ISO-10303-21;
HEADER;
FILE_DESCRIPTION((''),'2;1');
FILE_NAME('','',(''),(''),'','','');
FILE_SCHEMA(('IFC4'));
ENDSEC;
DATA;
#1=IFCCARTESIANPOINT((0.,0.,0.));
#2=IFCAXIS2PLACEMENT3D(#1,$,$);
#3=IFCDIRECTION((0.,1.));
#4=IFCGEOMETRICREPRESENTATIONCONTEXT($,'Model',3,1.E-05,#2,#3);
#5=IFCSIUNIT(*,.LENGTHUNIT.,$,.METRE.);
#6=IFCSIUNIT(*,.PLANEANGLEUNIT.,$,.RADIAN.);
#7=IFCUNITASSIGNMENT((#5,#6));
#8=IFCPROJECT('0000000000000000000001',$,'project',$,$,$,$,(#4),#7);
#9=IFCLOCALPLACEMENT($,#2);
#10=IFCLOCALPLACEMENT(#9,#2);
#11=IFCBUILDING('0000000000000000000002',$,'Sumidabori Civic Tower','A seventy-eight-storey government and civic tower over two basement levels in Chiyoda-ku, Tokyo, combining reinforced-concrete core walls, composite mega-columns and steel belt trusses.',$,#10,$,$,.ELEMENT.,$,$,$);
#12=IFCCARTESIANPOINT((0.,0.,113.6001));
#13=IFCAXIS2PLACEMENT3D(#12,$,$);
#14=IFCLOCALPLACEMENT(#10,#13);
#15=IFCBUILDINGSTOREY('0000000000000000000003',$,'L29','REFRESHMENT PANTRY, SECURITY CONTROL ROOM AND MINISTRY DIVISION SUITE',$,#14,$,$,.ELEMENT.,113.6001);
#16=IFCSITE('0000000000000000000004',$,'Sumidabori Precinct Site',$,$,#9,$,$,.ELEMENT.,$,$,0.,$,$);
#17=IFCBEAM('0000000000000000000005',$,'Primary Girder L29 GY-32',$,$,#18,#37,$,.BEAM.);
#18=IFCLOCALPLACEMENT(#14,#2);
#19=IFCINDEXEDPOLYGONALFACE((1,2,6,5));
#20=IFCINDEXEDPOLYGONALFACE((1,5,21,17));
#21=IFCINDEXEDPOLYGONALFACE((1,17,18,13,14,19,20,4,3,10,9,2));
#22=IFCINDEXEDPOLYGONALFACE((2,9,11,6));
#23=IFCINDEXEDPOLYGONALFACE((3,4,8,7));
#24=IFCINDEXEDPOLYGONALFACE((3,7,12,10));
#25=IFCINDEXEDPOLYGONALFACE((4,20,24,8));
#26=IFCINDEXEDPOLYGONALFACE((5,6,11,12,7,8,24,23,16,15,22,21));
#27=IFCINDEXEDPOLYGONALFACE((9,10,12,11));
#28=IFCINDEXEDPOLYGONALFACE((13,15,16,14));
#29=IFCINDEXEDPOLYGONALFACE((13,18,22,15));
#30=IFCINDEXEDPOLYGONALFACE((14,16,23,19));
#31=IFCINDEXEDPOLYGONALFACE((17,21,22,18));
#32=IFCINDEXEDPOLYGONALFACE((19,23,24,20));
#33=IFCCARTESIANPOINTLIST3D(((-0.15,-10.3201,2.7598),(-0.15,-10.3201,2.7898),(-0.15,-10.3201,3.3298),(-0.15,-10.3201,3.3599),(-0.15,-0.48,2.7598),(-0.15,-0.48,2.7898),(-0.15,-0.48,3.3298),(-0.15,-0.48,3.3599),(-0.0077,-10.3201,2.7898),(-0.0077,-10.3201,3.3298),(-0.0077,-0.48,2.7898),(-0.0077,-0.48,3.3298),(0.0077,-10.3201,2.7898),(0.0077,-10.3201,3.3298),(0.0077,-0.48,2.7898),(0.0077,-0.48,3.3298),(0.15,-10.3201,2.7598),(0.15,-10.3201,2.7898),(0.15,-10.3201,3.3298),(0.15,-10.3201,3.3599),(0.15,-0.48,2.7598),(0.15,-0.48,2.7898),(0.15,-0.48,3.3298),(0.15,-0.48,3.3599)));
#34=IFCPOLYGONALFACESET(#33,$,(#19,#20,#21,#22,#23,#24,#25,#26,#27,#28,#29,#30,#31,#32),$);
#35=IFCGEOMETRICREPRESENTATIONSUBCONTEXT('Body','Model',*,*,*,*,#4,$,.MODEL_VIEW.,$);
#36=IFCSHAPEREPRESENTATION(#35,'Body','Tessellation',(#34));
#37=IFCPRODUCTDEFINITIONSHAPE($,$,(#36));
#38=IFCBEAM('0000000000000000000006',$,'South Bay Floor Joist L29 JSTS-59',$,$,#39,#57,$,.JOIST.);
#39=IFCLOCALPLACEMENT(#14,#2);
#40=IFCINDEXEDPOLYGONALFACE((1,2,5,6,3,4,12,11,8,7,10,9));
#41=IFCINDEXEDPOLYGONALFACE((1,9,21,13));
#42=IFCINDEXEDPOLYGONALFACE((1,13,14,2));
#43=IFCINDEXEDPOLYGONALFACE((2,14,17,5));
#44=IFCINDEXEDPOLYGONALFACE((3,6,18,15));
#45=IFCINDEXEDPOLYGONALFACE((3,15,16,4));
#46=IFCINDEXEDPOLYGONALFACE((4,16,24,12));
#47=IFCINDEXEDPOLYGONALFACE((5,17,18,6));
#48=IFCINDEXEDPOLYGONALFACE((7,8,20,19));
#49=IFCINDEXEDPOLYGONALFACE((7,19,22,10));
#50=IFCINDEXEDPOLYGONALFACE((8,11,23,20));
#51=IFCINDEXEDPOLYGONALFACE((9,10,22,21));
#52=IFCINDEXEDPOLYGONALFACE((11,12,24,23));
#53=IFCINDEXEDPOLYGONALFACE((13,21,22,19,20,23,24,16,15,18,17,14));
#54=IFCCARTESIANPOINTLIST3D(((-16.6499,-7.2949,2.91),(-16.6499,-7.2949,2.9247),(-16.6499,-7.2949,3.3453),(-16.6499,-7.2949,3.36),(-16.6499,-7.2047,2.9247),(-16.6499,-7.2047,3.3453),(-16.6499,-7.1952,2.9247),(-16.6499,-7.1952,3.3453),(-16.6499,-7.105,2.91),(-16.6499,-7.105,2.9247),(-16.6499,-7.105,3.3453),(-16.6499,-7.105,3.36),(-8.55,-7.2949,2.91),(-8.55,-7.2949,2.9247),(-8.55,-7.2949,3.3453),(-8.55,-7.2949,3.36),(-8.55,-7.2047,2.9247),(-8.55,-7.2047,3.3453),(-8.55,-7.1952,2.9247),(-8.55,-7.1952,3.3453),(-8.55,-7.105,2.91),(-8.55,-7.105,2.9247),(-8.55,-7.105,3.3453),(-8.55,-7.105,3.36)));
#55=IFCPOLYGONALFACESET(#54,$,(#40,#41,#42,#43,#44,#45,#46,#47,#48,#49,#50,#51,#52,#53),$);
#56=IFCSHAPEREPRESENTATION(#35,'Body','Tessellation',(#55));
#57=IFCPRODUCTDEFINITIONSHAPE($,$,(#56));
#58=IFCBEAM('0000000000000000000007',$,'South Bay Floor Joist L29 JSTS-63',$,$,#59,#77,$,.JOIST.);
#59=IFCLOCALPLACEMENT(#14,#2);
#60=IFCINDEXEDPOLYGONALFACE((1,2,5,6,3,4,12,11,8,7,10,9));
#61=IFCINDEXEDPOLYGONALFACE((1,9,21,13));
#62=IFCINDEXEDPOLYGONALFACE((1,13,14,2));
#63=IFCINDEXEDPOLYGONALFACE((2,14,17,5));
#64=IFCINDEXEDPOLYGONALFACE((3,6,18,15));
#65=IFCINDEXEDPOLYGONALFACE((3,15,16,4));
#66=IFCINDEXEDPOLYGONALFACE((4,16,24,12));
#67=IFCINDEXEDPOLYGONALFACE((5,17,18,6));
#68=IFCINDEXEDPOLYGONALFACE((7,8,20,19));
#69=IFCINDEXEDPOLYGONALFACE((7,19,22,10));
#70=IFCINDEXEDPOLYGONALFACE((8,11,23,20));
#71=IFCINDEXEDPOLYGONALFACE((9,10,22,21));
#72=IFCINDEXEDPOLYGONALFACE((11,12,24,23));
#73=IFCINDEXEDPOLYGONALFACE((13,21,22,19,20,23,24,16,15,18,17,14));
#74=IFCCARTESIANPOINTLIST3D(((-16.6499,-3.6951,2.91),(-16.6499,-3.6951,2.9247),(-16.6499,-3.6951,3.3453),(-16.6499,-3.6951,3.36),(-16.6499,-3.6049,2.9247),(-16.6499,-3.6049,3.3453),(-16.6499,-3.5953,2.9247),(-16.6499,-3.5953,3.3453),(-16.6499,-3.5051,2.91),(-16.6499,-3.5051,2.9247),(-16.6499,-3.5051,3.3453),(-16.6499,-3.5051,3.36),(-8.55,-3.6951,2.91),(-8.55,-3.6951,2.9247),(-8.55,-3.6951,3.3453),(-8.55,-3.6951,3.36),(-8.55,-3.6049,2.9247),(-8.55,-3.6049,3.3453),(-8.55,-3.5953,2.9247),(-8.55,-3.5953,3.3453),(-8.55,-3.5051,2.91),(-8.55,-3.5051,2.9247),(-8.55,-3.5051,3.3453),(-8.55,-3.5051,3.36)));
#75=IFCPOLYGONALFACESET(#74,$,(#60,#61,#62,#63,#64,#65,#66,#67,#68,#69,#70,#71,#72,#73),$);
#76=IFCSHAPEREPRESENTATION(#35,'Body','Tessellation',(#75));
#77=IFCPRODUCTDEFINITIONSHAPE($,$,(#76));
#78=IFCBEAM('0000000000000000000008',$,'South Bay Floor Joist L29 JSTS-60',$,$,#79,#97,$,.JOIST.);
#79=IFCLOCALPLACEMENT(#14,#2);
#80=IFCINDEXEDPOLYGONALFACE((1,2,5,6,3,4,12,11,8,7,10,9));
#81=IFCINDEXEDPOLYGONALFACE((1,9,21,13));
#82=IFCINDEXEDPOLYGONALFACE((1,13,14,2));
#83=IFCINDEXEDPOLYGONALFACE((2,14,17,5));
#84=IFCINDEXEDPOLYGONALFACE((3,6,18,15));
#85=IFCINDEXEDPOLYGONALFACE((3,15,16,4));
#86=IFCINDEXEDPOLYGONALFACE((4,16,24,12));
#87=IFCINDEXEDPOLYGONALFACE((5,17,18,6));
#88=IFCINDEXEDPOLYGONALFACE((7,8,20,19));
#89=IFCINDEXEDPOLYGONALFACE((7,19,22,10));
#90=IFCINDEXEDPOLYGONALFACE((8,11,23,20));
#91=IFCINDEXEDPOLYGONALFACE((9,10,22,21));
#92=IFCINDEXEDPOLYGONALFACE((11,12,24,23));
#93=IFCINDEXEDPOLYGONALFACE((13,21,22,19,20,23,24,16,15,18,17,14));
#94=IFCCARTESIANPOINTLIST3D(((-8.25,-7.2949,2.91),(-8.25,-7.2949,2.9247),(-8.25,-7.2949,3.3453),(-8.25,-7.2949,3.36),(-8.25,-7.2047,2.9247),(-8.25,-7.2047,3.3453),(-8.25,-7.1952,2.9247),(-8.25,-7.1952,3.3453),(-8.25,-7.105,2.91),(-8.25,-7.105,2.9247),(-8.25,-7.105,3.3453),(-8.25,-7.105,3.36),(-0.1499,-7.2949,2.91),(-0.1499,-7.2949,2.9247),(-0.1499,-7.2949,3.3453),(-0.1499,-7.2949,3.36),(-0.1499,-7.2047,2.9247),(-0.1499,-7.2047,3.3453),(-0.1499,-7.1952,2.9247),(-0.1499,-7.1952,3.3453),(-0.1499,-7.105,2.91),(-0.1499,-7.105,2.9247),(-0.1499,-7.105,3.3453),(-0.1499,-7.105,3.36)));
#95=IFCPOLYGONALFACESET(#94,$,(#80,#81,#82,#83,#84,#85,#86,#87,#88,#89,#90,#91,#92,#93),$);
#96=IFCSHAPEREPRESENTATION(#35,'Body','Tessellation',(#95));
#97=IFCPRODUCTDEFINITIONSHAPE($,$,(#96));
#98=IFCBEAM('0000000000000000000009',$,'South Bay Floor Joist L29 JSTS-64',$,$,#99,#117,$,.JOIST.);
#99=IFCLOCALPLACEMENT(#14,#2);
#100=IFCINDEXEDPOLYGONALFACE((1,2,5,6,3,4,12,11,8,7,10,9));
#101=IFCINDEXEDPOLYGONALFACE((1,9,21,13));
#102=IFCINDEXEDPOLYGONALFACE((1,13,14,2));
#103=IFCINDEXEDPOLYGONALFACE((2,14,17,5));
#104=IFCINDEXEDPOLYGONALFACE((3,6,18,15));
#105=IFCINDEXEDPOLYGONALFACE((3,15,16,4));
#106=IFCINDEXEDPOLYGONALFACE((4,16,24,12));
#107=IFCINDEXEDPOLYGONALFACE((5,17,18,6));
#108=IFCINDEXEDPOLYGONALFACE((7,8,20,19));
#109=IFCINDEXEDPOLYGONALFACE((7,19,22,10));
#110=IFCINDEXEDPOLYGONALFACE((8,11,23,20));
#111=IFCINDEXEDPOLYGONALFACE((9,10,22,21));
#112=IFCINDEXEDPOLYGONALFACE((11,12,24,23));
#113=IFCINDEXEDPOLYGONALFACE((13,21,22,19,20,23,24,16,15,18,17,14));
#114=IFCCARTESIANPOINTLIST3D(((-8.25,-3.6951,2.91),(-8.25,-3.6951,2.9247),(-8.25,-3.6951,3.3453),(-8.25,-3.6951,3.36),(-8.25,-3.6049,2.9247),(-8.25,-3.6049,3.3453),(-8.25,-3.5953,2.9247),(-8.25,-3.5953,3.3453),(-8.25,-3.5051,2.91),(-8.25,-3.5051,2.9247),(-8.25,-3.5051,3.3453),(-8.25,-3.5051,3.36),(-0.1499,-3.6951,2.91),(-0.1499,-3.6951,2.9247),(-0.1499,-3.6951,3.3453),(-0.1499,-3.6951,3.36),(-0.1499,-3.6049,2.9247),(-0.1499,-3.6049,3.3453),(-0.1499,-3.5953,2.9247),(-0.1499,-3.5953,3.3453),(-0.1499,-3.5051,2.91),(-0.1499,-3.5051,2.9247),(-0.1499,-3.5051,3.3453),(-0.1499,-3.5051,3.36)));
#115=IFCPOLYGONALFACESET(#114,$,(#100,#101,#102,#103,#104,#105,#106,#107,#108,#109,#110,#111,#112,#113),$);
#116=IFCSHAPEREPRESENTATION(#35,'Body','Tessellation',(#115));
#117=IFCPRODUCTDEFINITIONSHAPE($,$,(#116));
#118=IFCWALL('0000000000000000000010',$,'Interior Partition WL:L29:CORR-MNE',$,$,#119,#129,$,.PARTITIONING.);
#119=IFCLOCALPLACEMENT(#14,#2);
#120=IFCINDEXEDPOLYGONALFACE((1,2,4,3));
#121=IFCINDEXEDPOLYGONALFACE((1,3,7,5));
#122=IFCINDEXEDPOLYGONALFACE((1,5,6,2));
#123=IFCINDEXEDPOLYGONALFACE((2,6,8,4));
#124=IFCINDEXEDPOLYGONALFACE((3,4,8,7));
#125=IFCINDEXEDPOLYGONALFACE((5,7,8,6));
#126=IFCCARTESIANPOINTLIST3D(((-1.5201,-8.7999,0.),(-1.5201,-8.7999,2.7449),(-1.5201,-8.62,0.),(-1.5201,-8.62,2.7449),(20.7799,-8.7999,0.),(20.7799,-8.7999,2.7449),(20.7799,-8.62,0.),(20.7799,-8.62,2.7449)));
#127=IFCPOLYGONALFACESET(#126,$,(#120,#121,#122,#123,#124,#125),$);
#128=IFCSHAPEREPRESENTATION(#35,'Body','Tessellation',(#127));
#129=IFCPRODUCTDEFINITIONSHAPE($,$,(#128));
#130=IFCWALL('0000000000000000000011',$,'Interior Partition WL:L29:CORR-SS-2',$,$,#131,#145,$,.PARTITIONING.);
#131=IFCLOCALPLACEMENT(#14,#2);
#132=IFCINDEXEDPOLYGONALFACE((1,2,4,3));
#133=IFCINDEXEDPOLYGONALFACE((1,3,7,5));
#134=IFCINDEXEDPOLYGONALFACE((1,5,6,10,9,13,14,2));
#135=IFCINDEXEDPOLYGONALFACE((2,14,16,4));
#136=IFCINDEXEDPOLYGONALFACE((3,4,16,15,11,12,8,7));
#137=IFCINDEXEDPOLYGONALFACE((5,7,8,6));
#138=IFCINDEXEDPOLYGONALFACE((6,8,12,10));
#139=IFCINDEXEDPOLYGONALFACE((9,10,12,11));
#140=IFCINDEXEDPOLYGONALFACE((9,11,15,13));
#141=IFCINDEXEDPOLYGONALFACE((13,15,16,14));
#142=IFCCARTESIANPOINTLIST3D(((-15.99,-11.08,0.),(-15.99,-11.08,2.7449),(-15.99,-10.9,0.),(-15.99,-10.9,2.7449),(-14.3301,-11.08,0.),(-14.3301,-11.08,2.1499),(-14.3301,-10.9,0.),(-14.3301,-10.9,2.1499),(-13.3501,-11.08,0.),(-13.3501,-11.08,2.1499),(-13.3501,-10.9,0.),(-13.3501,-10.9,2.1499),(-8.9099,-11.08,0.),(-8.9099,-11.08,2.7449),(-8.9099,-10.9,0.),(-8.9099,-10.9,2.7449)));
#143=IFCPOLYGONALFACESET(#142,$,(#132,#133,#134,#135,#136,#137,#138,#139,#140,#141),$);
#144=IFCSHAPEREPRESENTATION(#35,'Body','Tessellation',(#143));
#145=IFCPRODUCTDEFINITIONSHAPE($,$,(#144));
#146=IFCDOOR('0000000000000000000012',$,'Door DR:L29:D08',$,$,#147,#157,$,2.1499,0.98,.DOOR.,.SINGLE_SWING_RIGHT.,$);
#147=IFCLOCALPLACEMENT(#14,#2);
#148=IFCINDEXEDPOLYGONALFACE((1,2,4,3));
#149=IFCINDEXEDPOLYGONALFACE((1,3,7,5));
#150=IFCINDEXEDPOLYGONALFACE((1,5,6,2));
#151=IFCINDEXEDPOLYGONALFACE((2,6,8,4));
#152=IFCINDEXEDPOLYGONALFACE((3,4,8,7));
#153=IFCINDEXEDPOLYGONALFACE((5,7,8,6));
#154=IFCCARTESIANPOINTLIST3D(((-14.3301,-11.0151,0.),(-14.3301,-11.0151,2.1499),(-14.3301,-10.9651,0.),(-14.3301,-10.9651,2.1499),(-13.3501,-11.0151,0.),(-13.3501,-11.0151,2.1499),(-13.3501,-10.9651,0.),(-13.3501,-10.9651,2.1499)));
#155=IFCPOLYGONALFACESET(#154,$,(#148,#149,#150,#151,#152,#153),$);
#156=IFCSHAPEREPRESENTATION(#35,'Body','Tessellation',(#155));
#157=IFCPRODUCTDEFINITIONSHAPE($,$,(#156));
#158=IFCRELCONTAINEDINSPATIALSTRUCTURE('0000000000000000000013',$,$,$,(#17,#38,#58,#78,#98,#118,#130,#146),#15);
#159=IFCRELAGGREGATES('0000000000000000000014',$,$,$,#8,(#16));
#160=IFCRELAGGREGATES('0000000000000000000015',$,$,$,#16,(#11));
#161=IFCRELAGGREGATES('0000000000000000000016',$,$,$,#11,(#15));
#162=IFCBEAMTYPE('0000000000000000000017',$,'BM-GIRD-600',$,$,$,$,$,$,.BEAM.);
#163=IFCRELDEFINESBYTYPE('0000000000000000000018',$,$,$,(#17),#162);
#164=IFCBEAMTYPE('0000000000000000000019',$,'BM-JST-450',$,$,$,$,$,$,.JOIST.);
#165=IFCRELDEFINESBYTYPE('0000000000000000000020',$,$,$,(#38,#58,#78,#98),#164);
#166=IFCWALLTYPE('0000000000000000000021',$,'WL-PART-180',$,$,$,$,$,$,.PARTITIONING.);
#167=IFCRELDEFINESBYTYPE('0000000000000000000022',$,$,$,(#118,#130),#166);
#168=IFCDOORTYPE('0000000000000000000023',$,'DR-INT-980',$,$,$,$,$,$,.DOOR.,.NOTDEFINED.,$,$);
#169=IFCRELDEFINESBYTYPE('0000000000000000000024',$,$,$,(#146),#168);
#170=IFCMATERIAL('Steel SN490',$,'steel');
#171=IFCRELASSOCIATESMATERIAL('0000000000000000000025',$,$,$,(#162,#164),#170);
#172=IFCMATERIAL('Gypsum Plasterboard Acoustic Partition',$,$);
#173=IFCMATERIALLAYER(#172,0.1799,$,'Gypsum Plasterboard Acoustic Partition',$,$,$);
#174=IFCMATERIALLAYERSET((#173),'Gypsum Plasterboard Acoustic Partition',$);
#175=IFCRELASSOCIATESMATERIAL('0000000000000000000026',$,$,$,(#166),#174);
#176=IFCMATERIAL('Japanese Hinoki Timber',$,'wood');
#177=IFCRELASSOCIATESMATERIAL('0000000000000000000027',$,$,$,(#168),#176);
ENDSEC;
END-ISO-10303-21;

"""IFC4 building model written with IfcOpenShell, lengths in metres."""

from ifc_helpers import new_model, si_unit, direction, frame, frame_2d, origin, origin_2d, place, context, subcontext, project, spatial, rectangle, i_section, extrude, source, transform, mapped, material, layer, layer_set, material_profile, profile_set, type_object, element, fill, save


model = new_model("IFC4")

# Units and contexts
model_context = context("Model", 3, precision=1e-05, world=origin(), true_north=direction((0.0, 1.0)))
body_context = subcontext(model_context, "Body", "Model", "MODEL_VIEW")
ifc_project = project(units=[si_unit("LENGTHUNIT", "METRE"), si_unit("PLANEANGLEUNIT", "RADIAN")], contexts=[model_context])

# Site, building, storey
site_placement = place(None, origin())
site = spatial("IfcSite", under=ifc_project, at=site_placement, Name="Sumidabori Precinct Site", CompositionType="ELEMENT", RefElevation=0.0)
building_placement = place(site_placement, origin())
building = spatial("IfcBuilding", under=site, at=building_placement, Name="Sumidabori Civic Tower", Description="A seventy-eight-storey government and civic tower over two basement levels in Chiyoda-ku, Tokyo, combining reinforced-concrete core walls, composite mega-columns and steel belt trusses.", CompositionType="ELEMENT")
storey_placement = place(building_placement, frame((0.0, 0.0, 113.6001)))
storey = spatial("IfcBuildingStorey", under=building, at=storey_placement, Name="L29", Description="REFRESHMENT PANTRY, SECURITY CONTROL ROOM AND MINISTRY DIVISION SUITE", CompositionType="ELEMENT", Elevation=113.6001)

# Beams
ifc_material_1 = material(Name="Steel SN490", Category="steel")
ifc_material_profile_1 = material_profile(ifc_material_1, i_section(OverallWidth=0.3, OverallDepth=0.6001, WebThickness=0.0154, FlangeThickness=0.03, at=origin_2d()), Name="HE 600 B")
ifc_profile_set_1 = profile_set([ifc_material_profile_1], Name="Steel SN490")
beam_type_1 = type_object("IfcBeamType", Name="BM-GIRD-600", PredefinedType="BEAM", material=ifc_profile_set_1)
shared_shape_1 = source(origin(), body_context, "Body", "SweptSolid", [
    extrude(i_section(OverallWidth=0.3, OverallDepth=0.6001, WebThickness=0.0154, FlangeThickness=0.03, at=origin_2d()), origin(), (0.0, 0.0, 1.0), 9.8401),
])
for number, where, z_axis, x_axis, name in (
    (1, (0.0, -10.3201, 3.0598), (0.0, 1.0, 0.0), (-1.0, 0.0, 0.0), "Primary Girder L29 GY-32"),
):
    element("IfcBeam", number, at=place(storey_placement, frame(where, z_axis=z_axis, x_axis=x_axis)), inside=storey, type_object=beam_type_1, Name=name, PredefinedType="BEAM", context=body_context, shape_type="MappedRepresentation", body=[
        mapped(shared_shape_1, transform((0.0, 0.0, 0.0), x_axis=(1.0, 0.0, 0.0), y_axis=(0.0, 1.0, 0.0), z_axis=(0.0, 0.0, 1.0), scale=1.0)),
    ])
ifc_material_profile_2 = material_profile(ifc_material_1, i_section(OverallWidth=0.1899, OverallDepth=0.45, WebThickness=0.0095, FlangeThickness=0.0146, at=origin_2d()), Name="IPE 450")
ifc_profile_set_2 = profile_set([ifc_material_profile_2], Name="Steel SN490")
beam_type_2 = type_object("IfcBeamType", Name="BM-JST-450", PredefinedType="JOIST", material=ifc_profile_set_2)
shared_shape_2 = source(origin(), body_context, "Body", "SweptSolid", [
    extrude(i_section(OverallWidth=0.1899, OverallDepth=0.45, WebThickness=0.0095, FlangeThickness=0.0146, at=origin_2d()), origin(), (0.0, 0.0, 1.0), 8.0999),
])
for number, where, z_axis, x_axis, name in (
    (2, (-16.6499, -7.2, 3.135), (1.0, 0.0, 0.0), (0.0, 1.0, 0.0), "South Bay Floor Joist L29 JSTS-59"),
    (3, (-16.6499, -3.6001, 3.135), (1.0, 0.0, 0.0), (0.0, 1.0, 0.0), "South Bay Floor Joist L29 JSTS-63"),
):
    element("IfcBeam", number, at=place(storey_placement, frame(where, z_axis=z_axis, x_axis=x_axis)), inside=storey, type_object=beam_type_2, Name=name, PredefinedType="JOIST", context=body_context, shape_type="MappedRepresentation", body=[
        mapped(shared_shape_2, transform((0.0, 0.0, 0.0), x_axis=(1.0, 0.0, 0.0), y_axis=(0.0, 1.0, 0.0), z_axis=(0.0, 0.0, 1.0), scale=1.0)),
    ])
shared_shape_3 = source(origin(), body_context, "Body", "SweptSolid", [
    extrude(i_section(OverallWidth=0.1899, OverallDepth=0.45, WebThickness=0.0095, FlangeThickness=0.0146, at=origin_2d()), origin(), (0.0, 0.0, 1.0), 8.1001),
])
for number, where, z_axis, x_axis, name in (
    (4, (-8.25, -7.2, 3.135), (1.0, 0.0, 0.0), (0.0, 1.0, 0.0), "South Bay Floor Joist L29 JSTS-60"),
    (5, (-8.25, -3.6001, 3.135), (1.0, 0.0, 0.0), (0.0, 1.0, 0.0), "South Bay Floor Joist L29 JSTS-64"),
):
    element("IfcBeam", number, at=place(storey_placement, frame(where, z_axis=z_axis, x_axis=x_axis)), inside=storey, type_object=beam_type_2, Name=name, PredefinedType="JOIST", context=body_context, shape_type="MappedRepresentation", body=[
        mapped(shared_shape_3, transform((0.0, 0.0, 0.0), x_axis=(1.0, 0.0, 0.0), y_axis=(0.0, 1.0, 0.0), z_axis=(0.0, 0.0, 1.0), scale=1.0)),
    ])

# Wall
ifc_material_2 = material(Name="Gypsum Plasterboard Acoustic Partition")
ifc_layer = layer(ifc_material_2, 0.1799, Name="Gypsum Plasterboard Acoustic Partition")
ifc_layer_set = layer_set([ifc_layer], Name="Gypsum Plasterboard Acoustic Partition")
wall_type = type_object("IfcWallType", Name="WL-PART-180", PredefinedType="PARTITIONING", material=ifc_layer_set)
shared_shape_4 = source(origin(), body_context, "Body", "SweptSolid", [
    extrude(rectangle(XDim=22.3, YDim=0.1799, at=frame_2d((11.1499, 0.0))), origin(), (0.0, 0.0, 1.0), 2.7449),
])
wall_1_placement = place(storey_placement, frame((-1.52, -8.71, 0.0), z_axis=(0.0, 0.0, 1.0), x_axis=(1.0, 0.0, 0.0)))
element("IfcWall", 6, at=wall_1_placement, inside=storey, type_object=wall_type, Name="Interior Partition WL:L29:CORR-MNE", PredefinedType="PARTITIONING", context=body_context, shape_type="MappedRepresentation", body=[
    mapped(shared_shape_4, transform((0.0, 0.0, 0.0), x_axis=(1.0, 0.0, 0.0), y_axis=(0.0, 1.0, 0.0), z_axis=(0.0, 0.0, 1.0), scale=1.0)),
])

# Wall, opening, door
shared_shape_5 = source(origin(), body_context, "Body", "SweptSolid", [
    extrude(rectangle(XDim=7.0801, YDim=0.1799, at=frame_2d((3.54, 0.0))), origin(), (0.0, 0.0, 1.0), 2.7449),
])
wall_2_placement = place(storey_placement, frame((-15.99, -10.99, 0.0), z_axis=(0.0, 0.0, 1.0), x_axis=(1.0, 0.0, 0.0)))
wall_2 = element("IfcWall", 7, at=wall_2_placement, inside=storey, type_object=wall_type, Name="Interior Partition WL:L29:CORR-SS-2", PredefinedType="PARTITIONING", context=body_context, shape_type="MappedRepresentation", body=[
    mapped(shared_shape_5, transform((0.0, 0.0, 0.0), x_axis=(1.0, 0.0, 0.0), y_axis=(0.0, 1.0, 0.0), z_axis=(0.0, 0.0, 1.0), scale=1.0)),
])
opening_1_placement = place(wall_2_placement, frame((1.6599, 0.0, 0.0)))
opening_1 = element("IfcOpeningElement", 8, at=opening_1_placement, cuts=wall_2, PredefinedType="OPENING", context=body_context, shape_type="SweptSolid", body=[
    extrude(rectangle(XDim=0.98, YDim=2.1499, at=frame_2d((0.49, 1.075))), frame((0.0, 0.1021, 0.0), z_axis=(0.0, -1.0, 0.0), x_axis=(1.0, 0.0, 0.0)), (0.0, 0.0, 1.0), 0.2039),
])
ifc_material_3 = material(Name="Japanese Hinoki Timber", Category="wood")
door_type = type_object("IfcDoorType", Name="DR-INT-980", OperationType="NOTDEFINED", PredefinedType="DOOR", material=ifc_material_3)
shared_shape_6 = source(origin(), body_context, "Body", "SweptSolid", [
    extrude(rectangle(XDim=0.98, YDim=2.1499, at=frame_2d((0.49, 1.075))), frame((0.0, 0.0249, 0.0), z_axis=(0.0, -1.0, 0.0), x_axis=(1.0, 0.0, 0.0)), (0.0, 0.0, 1.0), 0.05),
])
door_1_placement = place(opening_1_placement, origin())
door_1 = element("IfcDoor", 9, at=door_1_placement, inside=storey, type_object=door_type, Name="Door DR:L29:D08", OperationType="SINGLE_SWING_RIGHT", OverallHeight=2.1499, OverallWidth=0.98, PredefinedType="DOOR", context=body_context, shape_type="MappedRepresentation", body=[
    mapped(shared_shape_6, transform((0.0, 0.0, 0.0), x_axis=(1.0, 0.0, 0.0), y_axis=(0.0, 1.0, 0.0), z_axis=(0.0, 0.0, 1.0), scale=1.0)),
])
fill(opening_1, door_1)

save(model, "model.ifc")
